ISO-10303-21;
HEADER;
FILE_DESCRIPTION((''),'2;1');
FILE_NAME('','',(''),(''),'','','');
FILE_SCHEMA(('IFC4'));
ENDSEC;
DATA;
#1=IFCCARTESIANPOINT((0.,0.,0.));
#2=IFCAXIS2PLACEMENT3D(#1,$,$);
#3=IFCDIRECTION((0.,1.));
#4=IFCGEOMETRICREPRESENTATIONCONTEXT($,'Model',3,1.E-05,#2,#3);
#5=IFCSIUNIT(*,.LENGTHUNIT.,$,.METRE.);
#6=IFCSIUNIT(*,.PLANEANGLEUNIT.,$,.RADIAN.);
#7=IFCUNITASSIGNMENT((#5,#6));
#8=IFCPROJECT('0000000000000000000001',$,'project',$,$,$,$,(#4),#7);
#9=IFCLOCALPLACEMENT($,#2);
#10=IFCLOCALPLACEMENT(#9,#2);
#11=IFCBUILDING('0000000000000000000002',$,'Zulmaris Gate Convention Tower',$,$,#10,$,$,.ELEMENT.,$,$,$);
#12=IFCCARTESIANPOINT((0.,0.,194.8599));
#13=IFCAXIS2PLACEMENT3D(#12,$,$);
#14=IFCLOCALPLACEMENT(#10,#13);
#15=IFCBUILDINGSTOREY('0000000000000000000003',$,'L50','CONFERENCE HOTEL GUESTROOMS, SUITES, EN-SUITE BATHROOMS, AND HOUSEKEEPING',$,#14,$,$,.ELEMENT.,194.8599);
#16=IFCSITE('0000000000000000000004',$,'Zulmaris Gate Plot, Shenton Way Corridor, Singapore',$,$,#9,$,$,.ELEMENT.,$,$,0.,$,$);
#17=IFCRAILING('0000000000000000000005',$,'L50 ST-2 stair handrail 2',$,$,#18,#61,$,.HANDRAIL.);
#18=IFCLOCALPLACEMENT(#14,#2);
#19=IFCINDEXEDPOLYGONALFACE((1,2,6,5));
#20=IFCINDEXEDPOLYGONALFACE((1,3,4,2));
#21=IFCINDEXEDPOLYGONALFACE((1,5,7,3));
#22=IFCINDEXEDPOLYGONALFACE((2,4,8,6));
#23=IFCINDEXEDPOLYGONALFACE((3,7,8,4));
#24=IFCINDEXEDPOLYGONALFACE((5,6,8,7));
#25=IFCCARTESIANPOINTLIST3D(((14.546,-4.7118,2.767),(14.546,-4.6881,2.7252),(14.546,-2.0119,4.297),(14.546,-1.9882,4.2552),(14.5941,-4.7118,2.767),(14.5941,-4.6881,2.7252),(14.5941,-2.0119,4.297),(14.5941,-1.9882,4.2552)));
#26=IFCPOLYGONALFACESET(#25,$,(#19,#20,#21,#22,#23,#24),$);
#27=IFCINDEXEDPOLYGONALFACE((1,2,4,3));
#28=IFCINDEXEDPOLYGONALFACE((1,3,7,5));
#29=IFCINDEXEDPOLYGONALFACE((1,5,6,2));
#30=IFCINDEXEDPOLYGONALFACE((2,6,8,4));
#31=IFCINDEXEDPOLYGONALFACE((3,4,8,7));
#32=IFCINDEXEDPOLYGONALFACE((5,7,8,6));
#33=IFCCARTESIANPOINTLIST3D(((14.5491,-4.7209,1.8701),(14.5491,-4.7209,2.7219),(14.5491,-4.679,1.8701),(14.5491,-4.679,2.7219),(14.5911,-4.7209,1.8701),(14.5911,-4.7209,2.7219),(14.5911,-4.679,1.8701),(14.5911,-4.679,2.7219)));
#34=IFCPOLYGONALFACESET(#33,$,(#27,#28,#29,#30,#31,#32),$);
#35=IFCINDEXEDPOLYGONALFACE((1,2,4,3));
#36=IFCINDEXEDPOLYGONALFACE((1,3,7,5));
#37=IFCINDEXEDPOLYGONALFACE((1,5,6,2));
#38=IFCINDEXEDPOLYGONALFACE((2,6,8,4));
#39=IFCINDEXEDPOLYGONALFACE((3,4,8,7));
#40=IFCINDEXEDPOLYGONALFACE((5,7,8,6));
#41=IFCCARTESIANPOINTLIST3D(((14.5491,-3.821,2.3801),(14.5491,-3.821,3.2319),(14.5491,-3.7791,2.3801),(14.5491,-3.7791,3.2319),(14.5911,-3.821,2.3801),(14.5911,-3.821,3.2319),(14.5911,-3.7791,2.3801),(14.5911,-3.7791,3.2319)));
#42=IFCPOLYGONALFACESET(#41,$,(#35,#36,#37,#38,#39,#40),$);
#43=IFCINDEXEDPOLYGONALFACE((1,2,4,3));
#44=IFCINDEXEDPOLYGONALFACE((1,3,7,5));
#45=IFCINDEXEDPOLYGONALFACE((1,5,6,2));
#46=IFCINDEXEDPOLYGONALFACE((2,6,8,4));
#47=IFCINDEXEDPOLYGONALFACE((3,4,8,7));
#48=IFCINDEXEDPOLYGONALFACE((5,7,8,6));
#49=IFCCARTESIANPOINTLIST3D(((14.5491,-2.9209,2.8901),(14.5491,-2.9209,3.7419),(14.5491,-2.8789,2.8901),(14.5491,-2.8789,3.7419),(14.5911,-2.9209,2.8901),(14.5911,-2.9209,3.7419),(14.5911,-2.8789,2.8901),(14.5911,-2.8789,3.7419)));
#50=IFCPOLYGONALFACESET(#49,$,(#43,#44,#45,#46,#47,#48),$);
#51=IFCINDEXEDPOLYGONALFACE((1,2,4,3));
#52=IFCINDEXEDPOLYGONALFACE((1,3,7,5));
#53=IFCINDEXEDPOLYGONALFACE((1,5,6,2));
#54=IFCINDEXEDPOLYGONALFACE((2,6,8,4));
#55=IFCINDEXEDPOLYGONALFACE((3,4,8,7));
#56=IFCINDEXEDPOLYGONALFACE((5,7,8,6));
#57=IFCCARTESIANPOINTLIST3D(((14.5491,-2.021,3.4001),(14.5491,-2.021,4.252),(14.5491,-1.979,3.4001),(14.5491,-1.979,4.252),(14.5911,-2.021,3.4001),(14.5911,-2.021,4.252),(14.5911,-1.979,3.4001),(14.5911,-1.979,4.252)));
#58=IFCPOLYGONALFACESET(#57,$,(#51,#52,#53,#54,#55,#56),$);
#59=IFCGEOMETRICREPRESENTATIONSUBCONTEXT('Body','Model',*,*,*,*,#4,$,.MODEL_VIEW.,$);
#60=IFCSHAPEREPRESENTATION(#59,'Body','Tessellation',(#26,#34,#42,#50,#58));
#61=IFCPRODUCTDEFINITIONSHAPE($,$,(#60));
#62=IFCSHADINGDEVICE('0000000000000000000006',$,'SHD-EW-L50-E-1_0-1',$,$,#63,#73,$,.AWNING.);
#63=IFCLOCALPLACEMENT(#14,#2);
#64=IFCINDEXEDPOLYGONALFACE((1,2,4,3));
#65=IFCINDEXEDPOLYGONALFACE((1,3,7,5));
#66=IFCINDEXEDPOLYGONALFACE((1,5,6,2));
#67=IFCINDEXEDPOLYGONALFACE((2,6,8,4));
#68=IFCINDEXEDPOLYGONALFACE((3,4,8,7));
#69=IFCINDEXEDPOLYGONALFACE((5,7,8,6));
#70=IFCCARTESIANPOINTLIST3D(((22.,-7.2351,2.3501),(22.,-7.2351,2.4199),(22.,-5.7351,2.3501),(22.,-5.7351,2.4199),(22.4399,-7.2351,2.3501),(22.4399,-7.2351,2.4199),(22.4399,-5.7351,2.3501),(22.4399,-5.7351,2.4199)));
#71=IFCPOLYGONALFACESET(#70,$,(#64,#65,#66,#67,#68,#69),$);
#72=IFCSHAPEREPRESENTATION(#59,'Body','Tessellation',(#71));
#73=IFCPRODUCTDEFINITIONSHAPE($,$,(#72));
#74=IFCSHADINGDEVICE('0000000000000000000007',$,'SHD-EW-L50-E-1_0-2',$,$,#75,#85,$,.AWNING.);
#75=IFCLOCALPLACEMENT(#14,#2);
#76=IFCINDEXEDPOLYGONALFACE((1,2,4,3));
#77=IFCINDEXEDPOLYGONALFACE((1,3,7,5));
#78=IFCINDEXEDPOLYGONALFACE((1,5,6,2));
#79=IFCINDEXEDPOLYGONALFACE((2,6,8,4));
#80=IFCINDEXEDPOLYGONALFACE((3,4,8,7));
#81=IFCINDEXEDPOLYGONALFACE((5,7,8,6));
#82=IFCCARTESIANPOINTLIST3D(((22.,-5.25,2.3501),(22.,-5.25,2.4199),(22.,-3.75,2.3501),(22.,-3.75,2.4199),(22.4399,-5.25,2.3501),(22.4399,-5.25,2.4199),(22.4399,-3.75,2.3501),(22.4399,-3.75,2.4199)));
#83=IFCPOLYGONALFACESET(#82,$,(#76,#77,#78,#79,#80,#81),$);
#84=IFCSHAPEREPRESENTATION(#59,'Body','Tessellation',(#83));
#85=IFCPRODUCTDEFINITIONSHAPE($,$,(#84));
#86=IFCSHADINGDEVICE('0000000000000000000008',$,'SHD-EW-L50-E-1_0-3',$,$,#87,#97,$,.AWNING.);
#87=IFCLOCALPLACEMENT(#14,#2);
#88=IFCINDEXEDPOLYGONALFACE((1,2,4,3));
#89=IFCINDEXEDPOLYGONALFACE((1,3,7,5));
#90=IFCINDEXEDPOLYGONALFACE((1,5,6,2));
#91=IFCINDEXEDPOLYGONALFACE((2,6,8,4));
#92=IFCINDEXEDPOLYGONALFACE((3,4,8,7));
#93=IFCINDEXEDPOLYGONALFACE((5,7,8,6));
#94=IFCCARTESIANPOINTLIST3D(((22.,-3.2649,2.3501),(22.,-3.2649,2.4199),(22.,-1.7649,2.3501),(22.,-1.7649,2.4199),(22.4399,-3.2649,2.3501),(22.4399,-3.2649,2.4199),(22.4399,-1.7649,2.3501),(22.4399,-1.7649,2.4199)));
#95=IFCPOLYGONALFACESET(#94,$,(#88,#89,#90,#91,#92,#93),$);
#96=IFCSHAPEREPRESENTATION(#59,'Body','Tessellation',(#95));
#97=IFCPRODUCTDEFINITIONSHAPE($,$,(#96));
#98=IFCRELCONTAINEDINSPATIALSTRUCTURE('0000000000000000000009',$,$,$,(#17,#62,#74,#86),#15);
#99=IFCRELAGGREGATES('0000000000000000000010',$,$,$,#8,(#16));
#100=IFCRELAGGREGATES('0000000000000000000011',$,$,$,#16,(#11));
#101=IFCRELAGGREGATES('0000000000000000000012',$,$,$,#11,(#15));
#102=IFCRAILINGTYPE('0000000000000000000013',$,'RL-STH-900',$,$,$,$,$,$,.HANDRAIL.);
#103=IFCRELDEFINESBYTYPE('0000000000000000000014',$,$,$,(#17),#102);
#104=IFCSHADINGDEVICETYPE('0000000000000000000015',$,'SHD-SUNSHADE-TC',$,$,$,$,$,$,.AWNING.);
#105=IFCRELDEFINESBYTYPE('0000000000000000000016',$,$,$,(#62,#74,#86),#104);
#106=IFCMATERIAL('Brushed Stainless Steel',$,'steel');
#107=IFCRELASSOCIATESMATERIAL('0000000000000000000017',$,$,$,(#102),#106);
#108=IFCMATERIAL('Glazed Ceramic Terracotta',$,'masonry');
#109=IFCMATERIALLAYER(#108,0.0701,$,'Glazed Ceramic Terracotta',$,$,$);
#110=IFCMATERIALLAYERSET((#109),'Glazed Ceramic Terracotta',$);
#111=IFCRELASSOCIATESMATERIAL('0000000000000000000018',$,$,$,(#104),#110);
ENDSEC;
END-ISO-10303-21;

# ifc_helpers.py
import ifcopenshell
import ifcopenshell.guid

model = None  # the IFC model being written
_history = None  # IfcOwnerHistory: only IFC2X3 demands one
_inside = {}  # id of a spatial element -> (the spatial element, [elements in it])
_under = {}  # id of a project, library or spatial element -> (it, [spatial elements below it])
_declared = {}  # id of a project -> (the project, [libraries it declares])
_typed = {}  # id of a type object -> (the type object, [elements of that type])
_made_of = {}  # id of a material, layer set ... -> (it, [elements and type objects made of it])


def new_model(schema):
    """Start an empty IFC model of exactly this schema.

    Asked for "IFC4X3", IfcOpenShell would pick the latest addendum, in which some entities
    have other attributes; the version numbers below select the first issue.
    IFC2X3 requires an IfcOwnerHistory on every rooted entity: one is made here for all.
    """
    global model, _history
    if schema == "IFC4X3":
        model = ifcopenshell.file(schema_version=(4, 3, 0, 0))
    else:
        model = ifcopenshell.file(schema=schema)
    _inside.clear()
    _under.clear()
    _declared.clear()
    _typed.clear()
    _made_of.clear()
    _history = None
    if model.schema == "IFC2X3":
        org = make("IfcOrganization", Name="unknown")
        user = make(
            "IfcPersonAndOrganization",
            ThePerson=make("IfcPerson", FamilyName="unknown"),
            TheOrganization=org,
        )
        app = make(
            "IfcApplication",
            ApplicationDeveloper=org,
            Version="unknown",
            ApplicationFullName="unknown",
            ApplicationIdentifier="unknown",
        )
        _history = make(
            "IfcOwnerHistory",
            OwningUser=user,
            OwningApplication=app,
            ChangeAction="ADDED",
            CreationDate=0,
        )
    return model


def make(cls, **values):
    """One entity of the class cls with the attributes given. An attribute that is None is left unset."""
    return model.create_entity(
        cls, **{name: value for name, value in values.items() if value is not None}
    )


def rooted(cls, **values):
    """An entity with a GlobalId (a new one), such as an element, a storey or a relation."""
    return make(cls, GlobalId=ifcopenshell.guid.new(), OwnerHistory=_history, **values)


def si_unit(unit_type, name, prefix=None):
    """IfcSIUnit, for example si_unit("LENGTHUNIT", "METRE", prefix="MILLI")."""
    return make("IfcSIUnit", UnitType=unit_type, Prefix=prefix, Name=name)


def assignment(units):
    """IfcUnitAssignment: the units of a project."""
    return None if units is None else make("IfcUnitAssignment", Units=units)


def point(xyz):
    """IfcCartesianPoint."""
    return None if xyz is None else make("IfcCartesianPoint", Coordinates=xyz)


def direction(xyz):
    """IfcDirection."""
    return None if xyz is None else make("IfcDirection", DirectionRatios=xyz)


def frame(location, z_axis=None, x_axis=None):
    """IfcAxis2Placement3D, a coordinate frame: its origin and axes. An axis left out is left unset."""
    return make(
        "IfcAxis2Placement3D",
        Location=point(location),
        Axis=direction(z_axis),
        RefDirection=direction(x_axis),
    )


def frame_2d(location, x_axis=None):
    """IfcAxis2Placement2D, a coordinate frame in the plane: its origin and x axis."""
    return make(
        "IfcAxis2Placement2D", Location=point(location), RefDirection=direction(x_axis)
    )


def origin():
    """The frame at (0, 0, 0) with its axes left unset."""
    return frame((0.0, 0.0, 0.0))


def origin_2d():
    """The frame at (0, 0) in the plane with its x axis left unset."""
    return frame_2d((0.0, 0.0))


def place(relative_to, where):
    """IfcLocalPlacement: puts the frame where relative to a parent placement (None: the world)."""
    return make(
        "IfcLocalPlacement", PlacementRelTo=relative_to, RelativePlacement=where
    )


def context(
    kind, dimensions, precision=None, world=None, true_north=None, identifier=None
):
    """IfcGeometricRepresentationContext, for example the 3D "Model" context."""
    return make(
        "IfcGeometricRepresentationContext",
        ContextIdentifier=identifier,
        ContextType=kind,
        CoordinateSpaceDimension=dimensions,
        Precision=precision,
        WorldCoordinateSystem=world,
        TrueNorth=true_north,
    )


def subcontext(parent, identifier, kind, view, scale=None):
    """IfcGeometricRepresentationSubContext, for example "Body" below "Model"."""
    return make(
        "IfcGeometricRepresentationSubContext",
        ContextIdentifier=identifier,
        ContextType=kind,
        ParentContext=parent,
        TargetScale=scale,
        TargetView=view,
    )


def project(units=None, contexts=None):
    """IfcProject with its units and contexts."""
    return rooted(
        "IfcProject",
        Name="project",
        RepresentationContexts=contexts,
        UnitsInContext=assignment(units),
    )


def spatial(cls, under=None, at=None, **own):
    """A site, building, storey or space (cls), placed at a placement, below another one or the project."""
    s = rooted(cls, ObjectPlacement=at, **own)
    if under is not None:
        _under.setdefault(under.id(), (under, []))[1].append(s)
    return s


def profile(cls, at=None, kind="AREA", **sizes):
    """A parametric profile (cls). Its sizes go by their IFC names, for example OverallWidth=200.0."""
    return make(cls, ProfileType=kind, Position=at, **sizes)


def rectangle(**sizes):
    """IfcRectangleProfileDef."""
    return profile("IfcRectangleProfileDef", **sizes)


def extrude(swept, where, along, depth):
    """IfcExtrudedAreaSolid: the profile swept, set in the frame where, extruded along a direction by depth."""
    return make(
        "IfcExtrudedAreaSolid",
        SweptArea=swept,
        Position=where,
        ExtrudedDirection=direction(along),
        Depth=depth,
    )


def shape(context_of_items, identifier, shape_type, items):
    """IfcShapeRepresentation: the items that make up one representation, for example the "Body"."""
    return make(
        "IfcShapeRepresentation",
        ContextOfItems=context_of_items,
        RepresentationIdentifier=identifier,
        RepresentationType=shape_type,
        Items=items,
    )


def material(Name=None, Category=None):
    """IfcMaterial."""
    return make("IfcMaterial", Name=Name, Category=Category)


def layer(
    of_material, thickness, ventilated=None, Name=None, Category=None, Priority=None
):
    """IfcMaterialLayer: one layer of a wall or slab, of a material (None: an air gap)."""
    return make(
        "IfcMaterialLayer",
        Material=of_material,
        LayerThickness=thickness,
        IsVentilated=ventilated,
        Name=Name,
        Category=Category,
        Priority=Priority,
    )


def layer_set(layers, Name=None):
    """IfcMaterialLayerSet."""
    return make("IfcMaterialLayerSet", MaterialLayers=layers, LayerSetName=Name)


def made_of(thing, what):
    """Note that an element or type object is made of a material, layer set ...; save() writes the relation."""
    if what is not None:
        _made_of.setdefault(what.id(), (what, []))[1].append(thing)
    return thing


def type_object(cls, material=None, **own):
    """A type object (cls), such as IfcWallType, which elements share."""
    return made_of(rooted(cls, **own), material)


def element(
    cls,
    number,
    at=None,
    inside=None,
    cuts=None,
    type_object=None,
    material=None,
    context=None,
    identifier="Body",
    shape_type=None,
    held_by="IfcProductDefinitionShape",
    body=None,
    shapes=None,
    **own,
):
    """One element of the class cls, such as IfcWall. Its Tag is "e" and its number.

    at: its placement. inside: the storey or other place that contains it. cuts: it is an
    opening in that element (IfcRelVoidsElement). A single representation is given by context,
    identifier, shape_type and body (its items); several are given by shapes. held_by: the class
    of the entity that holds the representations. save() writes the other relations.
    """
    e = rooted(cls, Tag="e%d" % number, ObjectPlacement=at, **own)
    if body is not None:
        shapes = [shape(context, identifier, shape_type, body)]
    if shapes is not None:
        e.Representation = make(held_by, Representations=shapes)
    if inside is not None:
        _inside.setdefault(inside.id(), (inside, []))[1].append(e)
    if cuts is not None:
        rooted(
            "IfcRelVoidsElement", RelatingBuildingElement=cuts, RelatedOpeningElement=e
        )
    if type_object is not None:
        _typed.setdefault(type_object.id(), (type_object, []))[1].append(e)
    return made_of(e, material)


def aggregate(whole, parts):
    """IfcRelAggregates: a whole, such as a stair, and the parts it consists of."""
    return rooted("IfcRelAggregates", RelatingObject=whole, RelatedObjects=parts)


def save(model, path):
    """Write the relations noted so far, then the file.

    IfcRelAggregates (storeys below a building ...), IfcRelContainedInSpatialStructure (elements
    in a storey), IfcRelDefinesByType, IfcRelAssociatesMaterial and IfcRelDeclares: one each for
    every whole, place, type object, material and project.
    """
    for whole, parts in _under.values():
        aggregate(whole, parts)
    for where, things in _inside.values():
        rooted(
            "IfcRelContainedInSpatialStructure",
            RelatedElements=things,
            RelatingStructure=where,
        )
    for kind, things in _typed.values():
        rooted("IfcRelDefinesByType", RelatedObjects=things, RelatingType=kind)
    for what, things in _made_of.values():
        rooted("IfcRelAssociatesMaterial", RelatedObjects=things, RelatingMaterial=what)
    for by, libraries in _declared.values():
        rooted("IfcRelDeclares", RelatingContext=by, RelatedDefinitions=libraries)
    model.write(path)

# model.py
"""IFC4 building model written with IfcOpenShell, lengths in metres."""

from ifc_helpers import new_model, si_unit, direction, frame, frame_2d, origin, origin_2d, place, context, subcontext, project, spatial, rectangle, extrude, material, layer, layer_set, type_object, element, save


model = new_model("IFC4")

# Units and contexts
model_context = context("Model", 3, precision=1e-05, world=origin(), true_north=direction((0.0, 1.0)))
body_context = subcontext(model_context, "Body", "Model", "MODEL_VIEW")
ifc_project = project(units=[si_unit("LENGTHUNIT", "METRE"), si_unit("PLANEANGLEUNIT", "RADIAN")], contexts=[model_context])

# Site, building, storey
site_placement = place(None, origin())
site = spatial("IfcSite", under=ifc_project, at=site_placement, Name="Zulmaris Gate Plot, Shenton Way Corridor, Singapore", CompositionType="ELEMENT", RefElevation=0.0)
building_placement = place(site_placement, origin())
building = spatial("IfcBuilding", under=site, at=building_placement, Name="Zulmaris Gate Convention Tower", CompositionType="ELEMENT")
storey_placement = place(building_placement, frame((0.0, 0.0, 194.8599)))
storey = spatial("IfcBuildingStorey", under=building, at=storey_placement, Name="L50", Description="CONFERENCE HOTEL GUESTROOMS, SUITES, EN-SUITE BATHROOMS, AND HOUSEKEEPING", CompositionType="ELEMENT", Elevation=194.8599)

# Railing
ifc_material_1 = material(Name="Brushed Stainless Steel", Category="steel")
railing_type_1 = type_object("IfcRailingType", Name="RL-STH-900", PredefinedType="HANDRAIL", material=ifc_material_1)
railing_1_placement = place(storey_placement, frame((14.5701, -4.7, 1.8701)))
element("IfcRailing", 1, at=railing_1_placement, inside=storey, type_object=railing_type_1, Name="L50 ST-2 stair handrail 2", PredefinedType="HANDRAIL", context=body_context, shape_type="SweptSolid", body=[
    extrude(rectangle(XDim=0.0481, YDim=0.0481, at=origin_2d()), frame((0.0, 0.0, 0.876), z_axis=(0.0, 0.870014, 0.493026), x_axis=(-1.0, 0.0, 0.0)), (0.0, 0.0, 1.0), 3.1033),
    extrude(rectangle(XDim=0.042, YDim=0.042, at=origin_2d()), origin(), (0.0, 0.0, 1.0), 0.8518),
    extrude(rectangle(XDim=0.042, YDim=0.042, at=origin_2d()), frame((0.0, 0.8999, 0.51)), (0.0, 0.0, 1.0), 0.8518),
    extrude(rectangle(XDim=0.042, YDim=0.042, at=origin_2d()), frame((0.0, 1.8, 1.02)), (0.0, 0.0, 1.0), 0.8518),
    extrude(rectangle(XDim=0.042, YDim=0.042, at=origin_2d()), frame((0.0, 2.7, 1.53)), (0.0, 0.0, 1.0), 0.8518),
])

# Shading devices
ifc_material_2 = material(Name="Glazed Ceramic Terracotta", Category="masonry")
ifc_layer_1 = layer(ifc_material_2, 0.0701, Name="Glazed Ceramic Terracotta")
ifc_layer_set_1 = layer_set([ifc_layer_1], Name="Glazed Ceramic Terracotta")
shading_device_type = type_object("IfcShadingDeviceType", Name="SHD-SUNSHADE-TC", PredefinedType="AWNING", material=ifc_layer_set_1)
for number, where, z_axis, x_axis, name in (
    (2, (22.22, -7.2351, 2.3501), (0.0, 0.0, 1.0), (0.0, 1.0, 0.0), "SHD-EW-L50-E-1_0-1"),
    (3, (22.22, -5.25, 2.3501), (0.0, 0.0, 1.0), (0.0, 1.0, 0.0), "SHD-EW-L50-E-1_0-2"),
    (4, (22.22, -3.2649, 2.3501), (0.0, 0.0, 1.0), (0.0, 1.0, 0.0), "SHD-EW-L50-E-1_0-3"),
):
    element("IfcShadingDevice", number, at=place(storey_placement, frame(where, z_axis=z_axis, x_axis=x_axis)), inside=storey, type_object=shading_device_type, Name=name, PredefinedType="AWNING", context=body_context, shape_type="SweptSolid", body=[
        extrude(rectangle(XDim=1.5, YDim=0.4399, at=frame_2d((0.75, 0.0))), origin(), (0.0, 0.0, 1.0), 0.0698),
    ])

save(model, "model.ifc")
